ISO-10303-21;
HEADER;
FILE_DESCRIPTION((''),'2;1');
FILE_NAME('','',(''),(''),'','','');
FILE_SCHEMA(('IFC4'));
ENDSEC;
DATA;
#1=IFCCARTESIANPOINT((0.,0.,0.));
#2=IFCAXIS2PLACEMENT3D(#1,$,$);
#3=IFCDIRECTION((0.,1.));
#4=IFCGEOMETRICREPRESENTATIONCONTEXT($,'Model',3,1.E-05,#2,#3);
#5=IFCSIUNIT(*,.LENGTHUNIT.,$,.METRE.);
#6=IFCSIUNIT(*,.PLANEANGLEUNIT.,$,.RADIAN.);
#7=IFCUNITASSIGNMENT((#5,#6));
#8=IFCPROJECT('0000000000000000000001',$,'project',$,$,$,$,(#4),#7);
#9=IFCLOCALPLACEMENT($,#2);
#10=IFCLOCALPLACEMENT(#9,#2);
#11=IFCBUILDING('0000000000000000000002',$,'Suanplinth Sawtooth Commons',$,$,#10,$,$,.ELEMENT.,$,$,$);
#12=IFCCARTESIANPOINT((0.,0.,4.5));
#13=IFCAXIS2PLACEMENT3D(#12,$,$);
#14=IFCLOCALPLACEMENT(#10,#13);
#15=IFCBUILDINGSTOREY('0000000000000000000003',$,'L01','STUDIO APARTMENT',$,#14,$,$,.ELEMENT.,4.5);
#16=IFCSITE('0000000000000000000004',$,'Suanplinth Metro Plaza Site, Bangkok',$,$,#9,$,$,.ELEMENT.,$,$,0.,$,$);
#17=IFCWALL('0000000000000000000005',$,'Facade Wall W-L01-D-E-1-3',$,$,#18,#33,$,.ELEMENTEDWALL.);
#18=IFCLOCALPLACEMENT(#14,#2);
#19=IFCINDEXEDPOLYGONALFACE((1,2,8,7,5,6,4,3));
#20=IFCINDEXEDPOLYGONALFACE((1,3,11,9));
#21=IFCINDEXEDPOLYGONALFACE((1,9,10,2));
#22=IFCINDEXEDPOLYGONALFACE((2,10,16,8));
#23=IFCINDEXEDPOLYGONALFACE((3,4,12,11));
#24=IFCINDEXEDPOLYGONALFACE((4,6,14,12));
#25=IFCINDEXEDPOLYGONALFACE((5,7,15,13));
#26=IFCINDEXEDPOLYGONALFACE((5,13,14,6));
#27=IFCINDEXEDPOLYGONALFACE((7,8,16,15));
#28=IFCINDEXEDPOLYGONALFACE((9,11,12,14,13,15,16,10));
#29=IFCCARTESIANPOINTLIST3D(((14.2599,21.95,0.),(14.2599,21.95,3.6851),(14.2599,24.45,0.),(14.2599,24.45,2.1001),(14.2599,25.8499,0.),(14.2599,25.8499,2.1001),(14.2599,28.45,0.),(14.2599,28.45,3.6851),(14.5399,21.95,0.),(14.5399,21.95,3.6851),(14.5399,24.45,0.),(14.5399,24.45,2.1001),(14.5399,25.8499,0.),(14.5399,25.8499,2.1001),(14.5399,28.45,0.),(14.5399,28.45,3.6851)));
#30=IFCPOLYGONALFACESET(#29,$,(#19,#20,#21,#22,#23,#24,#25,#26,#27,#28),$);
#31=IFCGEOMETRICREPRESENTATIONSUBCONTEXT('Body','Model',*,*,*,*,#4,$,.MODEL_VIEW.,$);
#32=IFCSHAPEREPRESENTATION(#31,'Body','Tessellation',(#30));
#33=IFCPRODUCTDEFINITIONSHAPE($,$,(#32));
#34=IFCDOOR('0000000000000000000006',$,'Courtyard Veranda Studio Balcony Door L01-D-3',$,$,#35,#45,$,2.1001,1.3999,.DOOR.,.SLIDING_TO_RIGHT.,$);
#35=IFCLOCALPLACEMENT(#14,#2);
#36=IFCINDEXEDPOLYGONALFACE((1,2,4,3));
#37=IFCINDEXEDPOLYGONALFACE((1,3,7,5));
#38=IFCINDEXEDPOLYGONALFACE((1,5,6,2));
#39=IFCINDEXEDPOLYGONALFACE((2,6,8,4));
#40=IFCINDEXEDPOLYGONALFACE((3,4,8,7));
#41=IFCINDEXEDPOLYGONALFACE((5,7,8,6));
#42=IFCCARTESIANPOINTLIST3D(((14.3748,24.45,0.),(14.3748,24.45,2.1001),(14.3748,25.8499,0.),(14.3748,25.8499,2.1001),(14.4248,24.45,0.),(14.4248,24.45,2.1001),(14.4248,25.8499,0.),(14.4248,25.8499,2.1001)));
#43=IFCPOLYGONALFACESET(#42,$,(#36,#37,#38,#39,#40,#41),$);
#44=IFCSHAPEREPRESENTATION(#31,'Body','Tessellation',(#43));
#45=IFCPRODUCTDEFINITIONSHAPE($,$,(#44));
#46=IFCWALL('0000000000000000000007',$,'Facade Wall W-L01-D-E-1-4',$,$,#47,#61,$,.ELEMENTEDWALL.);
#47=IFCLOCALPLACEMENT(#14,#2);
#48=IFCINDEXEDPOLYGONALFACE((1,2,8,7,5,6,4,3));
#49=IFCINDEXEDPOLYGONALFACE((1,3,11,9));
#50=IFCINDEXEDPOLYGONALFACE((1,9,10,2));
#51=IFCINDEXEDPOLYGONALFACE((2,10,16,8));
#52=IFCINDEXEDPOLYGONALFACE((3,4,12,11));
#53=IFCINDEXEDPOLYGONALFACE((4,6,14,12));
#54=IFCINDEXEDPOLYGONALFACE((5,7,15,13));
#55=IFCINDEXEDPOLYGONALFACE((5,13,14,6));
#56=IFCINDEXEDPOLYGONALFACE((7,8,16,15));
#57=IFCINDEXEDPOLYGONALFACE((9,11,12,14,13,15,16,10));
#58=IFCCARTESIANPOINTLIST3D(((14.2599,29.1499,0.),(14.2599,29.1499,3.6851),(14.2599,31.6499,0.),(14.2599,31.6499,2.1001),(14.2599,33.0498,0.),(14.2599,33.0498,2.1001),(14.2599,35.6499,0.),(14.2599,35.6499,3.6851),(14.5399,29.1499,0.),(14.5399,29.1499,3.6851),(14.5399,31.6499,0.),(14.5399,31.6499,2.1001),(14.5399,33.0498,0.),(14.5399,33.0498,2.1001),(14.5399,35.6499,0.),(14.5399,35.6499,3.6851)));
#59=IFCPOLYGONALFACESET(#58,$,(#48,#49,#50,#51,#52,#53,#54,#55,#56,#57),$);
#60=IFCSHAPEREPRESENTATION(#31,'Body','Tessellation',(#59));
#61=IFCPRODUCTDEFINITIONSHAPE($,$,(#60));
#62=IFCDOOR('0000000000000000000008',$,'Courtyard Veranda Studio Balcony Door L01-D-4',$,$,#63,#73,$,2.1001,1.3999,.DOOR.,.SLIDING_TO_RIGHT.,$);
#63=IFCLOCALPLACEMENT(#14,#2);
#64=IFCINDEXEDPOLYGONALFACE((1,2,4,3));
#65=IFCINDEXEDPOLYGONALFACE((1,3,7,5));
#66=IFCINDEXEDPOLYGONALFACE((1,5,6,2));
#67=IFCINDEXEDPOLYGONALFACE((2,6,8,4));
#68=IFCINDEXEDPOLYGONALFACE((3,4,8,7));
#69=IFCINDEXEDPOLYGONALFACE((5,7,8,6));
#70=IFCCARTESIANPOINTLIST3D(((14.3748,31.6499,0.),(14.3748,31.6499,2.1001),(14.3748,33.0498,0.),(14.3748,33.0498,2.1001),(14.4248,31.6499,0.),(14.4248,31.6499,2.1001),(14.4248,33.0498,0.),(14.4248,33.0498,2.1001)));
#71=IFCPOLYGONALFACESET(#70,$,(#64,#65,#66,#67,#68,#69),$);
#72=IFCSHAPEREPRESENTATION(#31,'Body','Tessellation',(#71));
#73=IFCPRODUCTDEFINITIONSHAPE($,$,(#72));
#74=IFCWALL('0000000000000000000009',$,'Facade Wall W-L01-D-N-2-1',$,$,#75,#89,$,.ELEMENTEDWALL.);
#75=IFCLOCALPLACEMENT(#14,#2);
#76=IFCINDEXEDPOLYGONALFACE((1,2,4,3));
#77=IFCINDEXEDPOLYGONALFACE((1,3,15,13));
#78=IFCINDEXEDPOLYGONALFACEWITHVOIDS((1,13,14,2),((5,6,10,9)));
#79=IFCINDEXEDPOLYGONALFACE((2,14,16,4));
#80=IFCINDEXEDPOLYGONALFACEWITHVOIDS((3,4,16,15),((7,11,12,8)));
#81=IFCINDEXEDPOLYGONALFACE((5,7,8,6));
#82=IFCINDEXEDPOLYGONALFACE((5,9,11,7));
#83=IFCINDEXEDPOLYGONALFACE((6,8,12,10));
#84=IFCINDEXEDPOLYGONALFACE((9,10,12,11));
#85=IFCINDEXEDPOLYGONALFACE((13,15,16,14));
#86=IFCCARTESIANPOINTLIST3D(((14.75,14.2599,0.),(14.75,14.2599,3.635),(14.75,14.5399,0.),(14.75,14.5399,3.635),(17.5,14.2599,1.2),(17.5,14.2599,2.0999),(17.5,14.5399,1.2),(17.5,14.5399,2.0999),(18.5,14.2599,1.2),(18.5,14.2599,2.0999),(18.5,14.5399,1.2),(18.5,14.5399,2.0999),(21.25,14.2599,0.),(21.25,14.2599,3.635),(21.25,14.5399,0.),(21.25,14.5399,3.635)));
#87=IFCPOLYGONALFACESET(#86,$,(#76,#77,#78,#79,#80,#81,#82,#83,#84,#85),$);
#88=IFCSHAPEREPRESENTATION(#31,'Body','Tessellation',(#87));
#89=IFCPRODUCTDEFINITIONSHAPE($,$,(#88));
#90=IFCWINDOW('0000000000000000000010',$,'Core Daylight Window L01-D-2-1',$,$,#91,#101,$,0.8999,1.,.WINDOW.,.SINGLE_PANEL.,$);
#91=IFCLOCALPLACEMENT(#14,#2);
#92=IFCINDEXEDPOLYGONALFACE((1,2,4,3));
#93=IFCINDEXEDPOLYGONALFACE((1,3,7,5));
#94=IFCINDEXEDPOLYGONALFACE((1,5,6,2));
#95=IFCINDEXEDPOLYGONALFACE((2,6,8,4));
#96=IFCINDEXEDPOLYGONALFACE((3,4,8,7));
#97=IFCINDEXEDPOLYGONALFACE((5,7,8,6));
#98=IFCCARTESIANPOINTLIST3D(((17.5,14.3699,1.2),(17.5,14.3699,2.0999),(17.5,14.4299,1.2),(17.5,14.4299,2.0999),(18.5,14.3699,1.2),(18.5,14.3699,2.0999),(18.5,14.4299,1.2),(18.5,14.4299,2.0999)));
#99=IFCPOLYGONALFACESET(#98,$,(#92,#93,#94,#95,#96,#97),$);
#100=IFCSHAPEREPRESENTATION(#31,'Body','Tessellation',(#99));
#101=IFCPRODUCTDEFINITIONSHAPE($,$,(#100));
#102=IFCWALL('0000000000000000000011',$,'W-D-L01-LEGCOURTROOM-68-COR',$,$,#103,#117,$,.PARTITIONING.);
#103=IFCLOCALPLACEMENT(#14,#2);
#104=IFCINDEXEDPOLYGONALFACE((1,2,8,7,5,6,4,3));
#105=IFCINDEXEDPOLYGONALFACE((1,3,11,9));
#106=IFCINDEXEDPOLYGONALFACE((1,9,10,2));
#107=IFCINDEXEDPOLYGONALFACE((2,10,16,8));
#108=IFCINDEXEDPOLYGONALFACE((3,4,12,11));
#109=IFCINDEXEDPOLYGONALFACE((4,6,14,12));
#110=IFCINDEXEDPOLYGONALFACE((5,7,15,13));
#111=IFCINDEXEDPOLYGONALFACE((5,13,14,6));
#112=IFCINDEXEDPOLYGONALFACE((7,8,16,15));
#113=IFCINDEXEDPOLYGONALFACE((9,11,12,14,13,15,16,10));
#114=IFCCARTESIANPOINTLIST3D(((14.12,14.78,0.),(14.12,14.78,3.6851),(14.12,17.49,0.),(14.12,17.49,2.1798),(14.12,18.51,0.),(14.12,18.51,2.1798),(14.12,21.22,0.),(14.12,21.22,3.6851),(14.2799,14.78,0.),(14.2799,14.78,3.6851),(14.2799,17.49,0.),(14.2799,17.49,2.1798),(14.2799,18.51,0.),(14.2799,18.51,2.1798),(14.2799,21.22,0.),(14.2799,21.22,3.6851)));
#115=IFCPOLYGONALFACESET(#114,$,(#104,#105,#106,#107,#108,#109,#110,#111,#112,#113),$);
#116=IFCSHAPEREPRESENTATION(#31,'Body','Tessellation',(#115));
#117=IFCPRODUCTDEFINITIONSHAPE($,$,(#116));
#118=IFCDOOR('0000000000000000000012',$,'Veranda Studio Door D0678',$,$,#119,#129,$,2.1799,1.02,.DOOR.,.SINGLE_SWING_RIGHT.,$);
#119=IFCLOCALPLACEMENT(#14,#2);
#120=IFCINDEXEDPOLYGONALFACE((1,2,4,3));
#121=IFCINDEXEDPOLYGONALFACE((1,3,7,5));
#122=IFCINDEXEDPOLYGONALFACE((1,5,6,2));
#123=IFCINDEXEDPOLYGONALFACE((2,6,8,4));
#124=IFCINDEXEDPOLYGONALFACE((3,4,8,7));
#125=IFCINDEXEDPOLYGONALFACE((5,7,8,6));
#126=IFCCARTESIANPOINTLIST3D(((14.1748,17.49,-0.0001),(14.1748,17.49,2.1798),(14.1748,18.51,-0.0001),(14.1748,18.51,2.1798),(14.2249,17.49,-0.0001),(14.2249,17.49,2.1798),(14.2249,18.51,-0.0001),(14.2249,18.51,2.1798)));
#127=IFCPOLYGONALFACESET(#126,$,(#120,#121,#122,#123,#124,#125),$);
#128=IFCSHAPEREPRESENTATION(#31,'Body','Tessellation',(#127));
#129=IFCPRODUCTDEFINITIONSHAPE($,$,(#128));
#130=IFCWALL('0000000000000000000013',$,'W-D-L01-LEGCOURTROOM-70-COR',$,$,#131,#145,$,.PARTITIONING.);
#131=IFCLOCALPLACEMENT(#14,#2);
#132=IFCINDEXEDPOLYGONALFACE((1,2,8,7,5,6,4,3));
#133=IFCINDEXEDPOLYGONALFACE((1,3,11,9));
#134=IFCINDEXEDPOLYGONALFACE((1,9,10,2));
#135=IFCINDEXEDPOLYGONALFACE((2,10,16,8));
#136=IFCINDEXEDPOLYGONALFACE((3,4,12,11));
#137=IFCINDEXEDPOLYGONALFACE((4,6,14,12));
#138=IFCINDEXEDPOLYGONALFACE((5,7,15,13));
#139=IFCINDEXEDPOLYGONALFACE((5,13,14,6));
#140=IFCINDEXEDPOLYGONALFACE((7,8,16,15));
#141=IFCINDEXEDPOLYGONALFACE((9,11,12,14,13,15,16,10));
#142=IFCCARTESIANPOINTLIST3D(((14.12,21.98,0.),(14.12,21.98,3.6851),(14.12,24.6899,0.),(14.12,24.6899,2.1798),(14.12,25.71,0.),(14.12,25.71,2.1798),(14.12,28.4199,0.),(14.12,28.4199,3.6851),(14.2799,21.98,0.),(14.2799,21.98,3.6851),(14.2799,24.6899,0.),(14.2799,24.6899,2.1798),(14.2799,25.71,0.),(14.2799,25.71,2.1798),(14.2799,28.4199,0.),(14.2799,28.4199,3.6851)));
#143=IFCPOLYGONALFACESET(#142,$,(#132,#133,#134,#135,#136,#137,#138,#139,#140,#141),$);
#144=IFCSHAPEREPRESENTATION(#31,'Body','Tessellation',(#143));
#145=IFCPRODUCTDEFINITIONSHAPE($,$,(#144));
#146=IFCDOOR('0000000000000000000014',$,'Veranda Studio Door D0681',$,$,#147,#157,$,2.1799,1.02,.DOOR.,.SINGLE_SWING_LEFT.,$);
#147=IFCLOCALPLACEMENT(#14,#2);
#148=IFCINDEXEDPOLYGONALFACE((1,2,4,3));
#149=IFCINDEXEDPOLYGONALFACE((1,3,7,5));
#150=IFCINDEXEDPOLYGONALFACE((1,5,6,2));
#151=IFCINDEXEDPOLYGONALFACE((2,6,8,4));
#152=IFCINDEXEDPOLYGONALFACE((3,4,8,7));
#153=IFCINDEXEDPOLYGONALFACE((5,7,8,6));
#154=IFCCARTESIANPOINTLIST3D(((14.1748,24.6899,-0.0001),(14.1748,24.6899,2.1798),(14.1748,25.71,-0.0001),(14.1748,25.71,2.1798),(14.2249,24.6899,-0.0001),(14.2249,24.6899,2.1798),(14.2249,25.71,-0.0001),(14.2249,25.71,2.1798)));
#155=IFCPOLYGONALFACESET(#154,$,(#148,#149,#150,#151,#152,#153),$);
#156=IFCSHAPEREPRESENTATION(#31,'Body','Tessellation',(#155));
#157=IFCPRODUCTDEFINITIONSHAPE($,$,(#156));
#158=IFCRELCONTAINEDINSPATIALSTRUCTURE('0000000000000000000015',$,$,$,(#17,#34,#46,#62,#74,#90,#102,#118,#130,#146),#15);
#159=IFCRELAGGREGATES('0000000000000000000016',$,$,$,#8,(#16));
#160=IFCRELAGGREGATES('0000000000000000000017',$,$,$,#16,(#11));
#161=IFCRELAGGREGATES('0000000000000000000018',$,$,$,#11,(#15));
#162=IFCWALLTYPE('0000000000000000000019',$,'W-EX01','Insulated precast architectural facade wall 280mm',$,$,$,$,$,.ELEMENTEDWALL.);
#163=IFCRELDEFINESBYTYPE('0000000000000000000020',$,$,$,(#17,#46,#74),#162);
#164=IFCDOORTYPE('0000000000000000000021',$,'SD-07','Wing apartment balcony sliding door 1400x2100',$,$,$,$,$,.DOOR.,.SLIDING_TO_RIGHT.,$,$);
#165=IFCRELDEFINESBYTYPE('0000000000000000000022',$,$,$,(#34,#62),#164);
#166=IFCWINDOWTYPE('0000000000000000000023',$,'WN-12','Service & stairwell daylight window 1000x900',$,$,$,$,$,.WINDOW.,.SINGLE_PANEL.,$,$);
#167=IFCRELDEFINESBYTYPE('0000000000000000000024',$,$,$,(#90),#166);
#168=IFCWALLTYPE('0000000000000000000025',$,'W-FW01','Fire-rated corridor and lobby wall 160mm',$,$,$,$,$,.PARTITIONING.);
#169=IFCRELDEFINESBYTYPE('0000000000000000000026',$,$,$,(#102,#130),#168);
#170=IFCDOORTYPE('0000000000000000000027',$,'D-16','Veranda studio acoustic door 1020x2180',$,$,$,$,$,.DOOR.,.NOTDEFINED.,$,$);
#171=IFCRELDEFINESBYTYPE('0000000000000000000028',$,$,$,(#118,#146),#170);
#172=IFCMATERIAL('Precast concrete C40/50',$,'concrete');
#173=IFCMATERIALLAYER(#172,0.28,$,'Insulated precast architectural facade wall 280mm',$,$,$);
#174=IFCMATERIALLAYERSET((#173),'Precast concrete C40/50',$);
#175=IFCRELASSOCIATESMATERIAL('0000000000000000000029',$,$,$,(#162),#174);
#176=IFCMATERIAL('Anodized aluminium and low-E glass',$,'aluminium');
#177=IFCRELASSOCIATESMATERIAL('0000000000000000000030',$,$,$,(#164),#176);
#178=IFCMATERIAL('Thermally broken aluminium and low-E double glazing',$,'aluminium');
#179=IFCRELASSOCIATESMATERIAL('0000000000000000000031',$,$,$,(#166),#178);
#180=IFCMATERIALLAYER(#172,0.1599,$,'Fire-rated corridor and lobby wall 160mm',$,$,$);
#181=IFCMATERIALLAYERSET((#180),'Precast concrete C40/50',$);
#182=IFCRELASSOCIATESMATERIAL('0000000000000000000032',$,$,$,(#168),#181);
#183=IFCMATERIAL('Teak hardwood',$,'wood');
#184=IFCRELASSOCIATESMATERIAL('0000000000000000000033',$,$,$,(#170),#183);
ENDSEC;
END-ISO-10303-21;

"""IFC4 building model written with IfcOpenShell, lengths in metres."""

from ifc_helpers import new_model, si_unit, direction, frame, frame_2d, origin, place, context, subcontext, project, spatial, rectangle, extrude, material, layer, layer_set, type_object, element, fill, save


model = new_model("IFC4")

# Units and contexts
model_context = context("Model", 3, precision=1e-05, world=origin(), true_north=direction((0.0, 1.0)))
body_context = subcontext(model_context, "Body", "Model", "MODEL_VIEW")
ifc_project = project(units=[si_unit("LENGTHUNIT", "METRE"), si_unit("PLANEANGLEUNIT", "RADIAN")], contexts=[model_context])

# Site, building, storey
site_placement = place(None, origin())
site = spatial("IfcSite", under=ifc_project, at=site_placement, Name="Suanplinth Metro Plaza Site, Bangkok", CompositionType="ELEMENT", RefElevation=0.0)
building_placement = place(site_placement, origin())
building = spatial("IfcBuilding", under=site, at=building_placement, Name="Suanplinth Sawtooth Commons", CompositionType="ELEMENT")
storey_placement = place(building_placement, frame((0.0, 0.0, 4.5)))
storey = spatial("IfcBuildingStorey", under=building, at=storey_placement, Name="L01", Description="STUDIO APARTMENT", CompositionType="ELEMENT", Elevation=4.5)

# Shared definitions
ifc_material_1 = material(Name="Precast concrete C40/50", Category="concrete")

# Walls, openings, doors
ifc_layer_1 = layer(ifc_material_1, 0.28, Name="Insulated precast architectural facade wall 280mm")
ifc_layer_set_1 = layer_set([ifc_layer_1], Name="Precast concrete C40/50")
wall_type_1 = type_object("IfcWallType", Name="W-EX01", Description="Insulated precast architectural facade wall 280mm", PredefinedType="ELEMENTEDWALL", material=ifc_layer_set_1)
ifc_material_2 = material(Name="Anodized aluminium and low-E glass", Category="aluminium")
door_type_1 = type_object("IfcDoorType", Name="SD-07", Description="Wing apartment balcony sliding door 1400x2100", OperationType="SLIDING_TO_RIGHT", PredefinedType="DOOR", material=ifc_material_2)
wall_1_placement = place(storey_placement, frame((14.3999, 21.95, 0.0), z_axis=(0.0, 0.0, 1.0), x_axis=(0.0, 1.0, 0.0)))
wall_1 = element("IfcWall", 1, at=wall_1_placement, inside=storey, type_object=wall_type_1, Name="Facade Wall W-L01-D-E-1-3", PredefinedType="ELEMENTEDWALL", context=body_context, shape_type="SweptSolid", body=[
    extrude(rectangle(XDim=6.5, YDim=0.28, at=frame_2d((3.25, 0.0))), origin(), (0.0, 0.0, 1.0), 3.6851),
])
opening_1_placement = place(wall_1_placement, frame((2.5, 0.0, 0.0)))
opening_1 = element("IfcOpeningElement", 2, at=opening_1_placement, cuts=wall_1, PredefinedType="OPENING", context=body_context, shape_type="SweptSolid", body=[
    extrude(rectangle(XDim=1.3999, YDim=2.1001, at=frame_2d((0.7, 1.05))), frame((0.0, 0.1548, 0.0), z_axis=(0.0, -1.0, 0.0), x_axis=(1.0, 0.0, 0.0)), (0.0, 0.0, 1.0), 0.3098),
])
door_1_placement = place(opening_1_placement, frame((1.3999, 0.0, 0.0), z_axis=(0.0, 0.0, 1.0), x_axis=(-1.0, 0.0, 0.0)))
door_1 = element("IfcDoor", 3, at=door_1_placement, inside=storey, type_object=door_type_1, Name="Courtyard Veranda Studio Balcony Door L01-D-3", OperationType="SLIDING_TO_RIGHT", OverallHeight=2.1001, OverallWidth=1.3999, PredefinedType="DOOR", context=body_context, shape_type="SweptSolid", body=[
    extrude(rectangle(XDim=1.3999, YDim=2.1001, at=frame_2d((0.7, 1.05))), frame((0.0, 0.0249, 0.0), z_axis=(0.0, -1.0, 0.0), x_axis=(1.0, 0.0, 0.0)), (0.0, 0.0, 1.0), 0.05),
])
fill(opening_1, door_1)
wall_2_placement = place(storey_placement, frame((14.3999, 29.1499, 0.0), z_axis=(0.0, 0.0, 1.0), x_axis=(0.0, 1.0, 0.0)))
wall_2 = element("IfcWall", 4, at=wall_2_placement, inside=storey, type_object=wall_type_1, Name="Facade Wall W-L01-D-E-1-4", PredefinedType="ELEMENTEDWALL", context=body_context, shape_type="SweptSolid", body=[
    extrude(rectangle(XDim=6.5, YDim=0.28, at=frame_2d((3.25, 0.0))), origin(), (0.0, 0.0, 1.0), 3.6851),
])
opening_2_placement = place(wall_2_placement, frame((2.5, 0.0, 0.0)))
opening_2 = element("IfcOpeningElement", 5, at=opening_2_placement, cuts=wall_2, PredefinedType="OPENING", context=body_context, shape_type="SweptSolid", body=[
    extrude(rectangle(XDim=1.3999, YDim=2.1001, at=frame_2d((0.7, 1.05))), frame((0.0, 0.1548, 0.0), z_axis=(0.0, -1.0, 0.0), x_axis=(1.0, 0.0, 0.0)), (0.0, 0.0, 1.0), 0.3098),
])
door_2_placement = place(opening_2_placement, frame((1.3999, 0.0, 0.0), z_axis=(0.0, 0.0, 1.0), x_axis=(-1.0, 0.0, 0.0)))
door_2 = element("IfcDoor", 6, at=door_2_placement, inside=storey, type_object=door_type_1, Name="Courtyard Veranda Studio Balcony Door L01-D-4", OperationType="SLIDING_TO_RIGHT", OverallHeight=2.1001, OverallWidth=1.3999, PredefinedType="DOOR", context=body_context, shape_type="SweptSolid", body=[
    extrude(rectangle(XDim=1.3999, YDim=2.1001, at=frame_2d((0.7, 1.05))), frame((0.0, 0.0249, 0.0), z_axis=(0.0, -1.0, 0.0), x_axis=(1.0, 0.0, 0.0)), (0.0, 0.0, 1.0), 0.05),
])
fill(opening_2, door_2)

# Wall, opening, window
wall_3_placement = place(storey_placement, frame((14.75, 14.3999, 0.0), z_axis=(0.0, 0.0, 1.0), x_axis=(1.0, 0.0, 0.0)))
wall_3 = element("IfcWall", 7, at=wall_3_placement, inside=storey, type_object=wall_type_1, Name="Facade Wall W-L01-D-N-2-1", PredefinedType="ELEMENTEDWALL", context=body_context, shape_type="SweptSolid", body=[
    extrude(rectangle(XDim=6.5, YDim=0.28, at=frame_2d((3.25, 0.0))), origin(), (0.0, 0.0, 1.0), 3.635),
])
opening_3_placement = place(wall_3_placement, frame((2.75, 0.0, 1.2)))
opening_3 = element("IfcOpeningElement", 8, at=opening_3_placement, cuts=wall_3, PredefinedType="OPENING", context=body_context, shape_type="SweptSolid", body=[
    extrude(rectangle(XDim=1.0, YDim=0.8999, at=frame_2d((0.5, 0.45))), frame((0.0, 0.1548, 0.0), z_axis=(0.0, -1.0, 0.0), x_axis=(1.0, 0.0, 0.0)), (0.0, 0.0, 1.0), 0.3098),
])
ifc_material_3 = material(Name="Thermally broken aluminium and low-E double glazing", Category="aluminium")
window_type = type_object("IfcWindowType", Name="WN-12", Description="Service & stairwell daylight window 1000x900", PartitioningType="SINGLE_PANEL", PredefinedType="WINDOW", material=ifc_material_3)
window_placement = place(opening_3_placement, origin())
window = element("IfcWindow", 9, at=window_placement, inside=storey, type_object=window_type, Name="Core Daylight Window L01-D-2-1", OverallHeight=0.8999, OverallWidth=1.0, PartitioningType="SINGLE_PANEL", PredefinedType="WINDOW", context=body_context, shape_type="SweptSolid", body=[
    extrude(rectangle(XDim=1.0, YDim=0.8999, at=frame_2d((0.5, 0.45))), frame((0.0, 0.03, 0.0), z_axis=(0.0, -1.0, 0.0), x_axis=(1.0, 0.0, 0.0)), (0.0, 0.0, 1.0), 0.0601),
])
fill(opening_3, window)

# Walls, openings, doors
ifc_layer_2 = layer(ifc_material_1, 0.1599, Name="Fire-rated corridor and lobby wall 160mm")
ifc_layer_set_2 = layer_set([ifc_layer_2], Name="Precast concrete C40/50")
wall_type_2 = type_object("IfcWallType", Name="W-FW01", Description="Fire-rated corridor and lobby wall 160mm", PredefinedType="PARTITIONING", material=ifc_layer_set_2)
wall_4_placement = place(storey_placement, frame((14.2, 14.78, 0.0), z_axis=(0.0, 0.0, 1.0), x_axis=(0.0, 1.0, 0.0)))
wall_4 = element("IfcWall", 10, at=wall_4_placement, inside=storey, type_object=wall_type_2, Name="W-D-L01-LEGCOURTROOM-68-COR", PredefinedType="PARTITIONING", context=body_context, shape_type="SweptSolid", body=[
    extrude(rectangle(XDim=6.4399, YDim=0.1599, at=frame_2d((3.22, 0.0))), origin(), (0.0, 0.0, 1.0), 3.6851),
])
opening_4_placement = place(wall_4_placement, frame((2.71, 0.0, 0.0)))
opening_4 = element("IfcOpeningElement", 11, at=opening_4_placement, cuts=wall_4, PredefinedType="OPENING", context=body_context, shape_type="SweptSolid", body=[
    extrude(rectangle(XDim=1.02, YDim=2.1799, at=frame_2d((0.51, 1.0898))), frame((0.0, 0.0947, 0.0), z_axis=(0.0, -1.0, 0.0), x_axis=(1.0, 0.0, 0.0)), (0.0, 0.0, 1.0), 0.1897),
])
ifc_material_4 = material(Name="Teak hardwood", Category="wood")
door_type_2 = type_object("IfcDoorType", Name="D-16", Description="Veranda studio acoustic door 1020x2180", OperationType="NOTDEFINED", PredefinedType="DOOR", material=ifc_material_4)
door_3_placement = place(opening_4_placement, frame((1.02, 0.0, 0.0), z_axis=(0.0, 0.0, 1.0), x_axis=(-1.0, 0.0, 0.0)))
door_3 = element("IfcDoor", 12, at=door_3_placement, inside=storey, type_object=door_type_2, Name="Veranda Studio Door D0678", OperationType="SINGLE_SWING_RIGHT", OverallHeight=2.1799, OverallWidth=1.02, PredefinedType="DOOR", context=body_context, shape_type="SweptSolid", body=[
    extrude(rectangle(XDim=1.02, YDim=2.1799, at=frame_2d((0.51, 1.0898))), frame((0.0, 0.0249, 0.0), z_axis=(0.0, -1.0, 0.0), x_axis=(1.0, 0.0, 0.0)), (0.0, 0.0, 1.0), 0.05),
])
fill(opening_4, door_3)
wall_5_placement = place(storey_placement, frame((14.2, 21.98, 0.0), z_axis=(0.0, 0.0, 1.0), x_axis=(0.0, 1.0, 0.0)))
wall_5 = element("IfcWall", 13, at=wall_5_placement, inside=storey, type_object=wall_type_2, Name="W-D-L01-LEGCOURTROOM-70-COR", PredefinedType="PARTITIONING", context=body_context, shape_type="SweptSolid", body=[
    extrude(rectangle(XDim=6.4399, YDim=0.1599, at=frame_2d((3.22, 0.0))), origin(), (0.0, 0.0, 1.0), 3.6851),
])
opening_5_placement = place(wall_5_placement, frame((2.71, 0.0, 0.0)))
opening_5 = element("IfcOpeningElement", 14, at=opening_5_placement, cuts=wall_5, PredefinedType="OPENING", context=body_context, shape_type="SweptSolid", body=[
    extrude(rectangle(XDim=1.02, YDim=2.1799, at=frame_2d((0.51, 1.0898))), frame((0.0, 0.0947, 0.0), z_axis=(0.0, -1.0, 0.0), x_axis=(1.0, 0.0, 0.0)), (0.0, 0.0, 1.0), 0.1897),
])
door_4_placement = place(opening_5_placement, frame((1.02, 0.0, 0.0), z_axis=(0.0, 0.0, 1.0), x_axis=(-1.0, 0.0, 0.0)))
door_4 = element("IfcDoor", 15, at=door_4_placement, inside=storey, type_object=door_type_2, Name="Veranda Studio Door D0681", OperationType="SINGLE_SWING_LEFT", OverallHeight=2.1799, OverallWidth=1.02, PredefinedType="DOOR", context=body_context, shape_type="SweptSolid", body=[
    extrude(rectangle(XDim=1.02, YDim=2.1799, at=frame_2d((0.51, 1.0898))), frame((0.0, 0.0249, 0.0), z_axis=(0.0, -1.0, 0.0), x_axis=(1.0, 0.0, 0.0)), (0.0, 0.0, 1.0), 0.05),
])
fill(opening_5, door_4)

save(model, "model.ifc")
